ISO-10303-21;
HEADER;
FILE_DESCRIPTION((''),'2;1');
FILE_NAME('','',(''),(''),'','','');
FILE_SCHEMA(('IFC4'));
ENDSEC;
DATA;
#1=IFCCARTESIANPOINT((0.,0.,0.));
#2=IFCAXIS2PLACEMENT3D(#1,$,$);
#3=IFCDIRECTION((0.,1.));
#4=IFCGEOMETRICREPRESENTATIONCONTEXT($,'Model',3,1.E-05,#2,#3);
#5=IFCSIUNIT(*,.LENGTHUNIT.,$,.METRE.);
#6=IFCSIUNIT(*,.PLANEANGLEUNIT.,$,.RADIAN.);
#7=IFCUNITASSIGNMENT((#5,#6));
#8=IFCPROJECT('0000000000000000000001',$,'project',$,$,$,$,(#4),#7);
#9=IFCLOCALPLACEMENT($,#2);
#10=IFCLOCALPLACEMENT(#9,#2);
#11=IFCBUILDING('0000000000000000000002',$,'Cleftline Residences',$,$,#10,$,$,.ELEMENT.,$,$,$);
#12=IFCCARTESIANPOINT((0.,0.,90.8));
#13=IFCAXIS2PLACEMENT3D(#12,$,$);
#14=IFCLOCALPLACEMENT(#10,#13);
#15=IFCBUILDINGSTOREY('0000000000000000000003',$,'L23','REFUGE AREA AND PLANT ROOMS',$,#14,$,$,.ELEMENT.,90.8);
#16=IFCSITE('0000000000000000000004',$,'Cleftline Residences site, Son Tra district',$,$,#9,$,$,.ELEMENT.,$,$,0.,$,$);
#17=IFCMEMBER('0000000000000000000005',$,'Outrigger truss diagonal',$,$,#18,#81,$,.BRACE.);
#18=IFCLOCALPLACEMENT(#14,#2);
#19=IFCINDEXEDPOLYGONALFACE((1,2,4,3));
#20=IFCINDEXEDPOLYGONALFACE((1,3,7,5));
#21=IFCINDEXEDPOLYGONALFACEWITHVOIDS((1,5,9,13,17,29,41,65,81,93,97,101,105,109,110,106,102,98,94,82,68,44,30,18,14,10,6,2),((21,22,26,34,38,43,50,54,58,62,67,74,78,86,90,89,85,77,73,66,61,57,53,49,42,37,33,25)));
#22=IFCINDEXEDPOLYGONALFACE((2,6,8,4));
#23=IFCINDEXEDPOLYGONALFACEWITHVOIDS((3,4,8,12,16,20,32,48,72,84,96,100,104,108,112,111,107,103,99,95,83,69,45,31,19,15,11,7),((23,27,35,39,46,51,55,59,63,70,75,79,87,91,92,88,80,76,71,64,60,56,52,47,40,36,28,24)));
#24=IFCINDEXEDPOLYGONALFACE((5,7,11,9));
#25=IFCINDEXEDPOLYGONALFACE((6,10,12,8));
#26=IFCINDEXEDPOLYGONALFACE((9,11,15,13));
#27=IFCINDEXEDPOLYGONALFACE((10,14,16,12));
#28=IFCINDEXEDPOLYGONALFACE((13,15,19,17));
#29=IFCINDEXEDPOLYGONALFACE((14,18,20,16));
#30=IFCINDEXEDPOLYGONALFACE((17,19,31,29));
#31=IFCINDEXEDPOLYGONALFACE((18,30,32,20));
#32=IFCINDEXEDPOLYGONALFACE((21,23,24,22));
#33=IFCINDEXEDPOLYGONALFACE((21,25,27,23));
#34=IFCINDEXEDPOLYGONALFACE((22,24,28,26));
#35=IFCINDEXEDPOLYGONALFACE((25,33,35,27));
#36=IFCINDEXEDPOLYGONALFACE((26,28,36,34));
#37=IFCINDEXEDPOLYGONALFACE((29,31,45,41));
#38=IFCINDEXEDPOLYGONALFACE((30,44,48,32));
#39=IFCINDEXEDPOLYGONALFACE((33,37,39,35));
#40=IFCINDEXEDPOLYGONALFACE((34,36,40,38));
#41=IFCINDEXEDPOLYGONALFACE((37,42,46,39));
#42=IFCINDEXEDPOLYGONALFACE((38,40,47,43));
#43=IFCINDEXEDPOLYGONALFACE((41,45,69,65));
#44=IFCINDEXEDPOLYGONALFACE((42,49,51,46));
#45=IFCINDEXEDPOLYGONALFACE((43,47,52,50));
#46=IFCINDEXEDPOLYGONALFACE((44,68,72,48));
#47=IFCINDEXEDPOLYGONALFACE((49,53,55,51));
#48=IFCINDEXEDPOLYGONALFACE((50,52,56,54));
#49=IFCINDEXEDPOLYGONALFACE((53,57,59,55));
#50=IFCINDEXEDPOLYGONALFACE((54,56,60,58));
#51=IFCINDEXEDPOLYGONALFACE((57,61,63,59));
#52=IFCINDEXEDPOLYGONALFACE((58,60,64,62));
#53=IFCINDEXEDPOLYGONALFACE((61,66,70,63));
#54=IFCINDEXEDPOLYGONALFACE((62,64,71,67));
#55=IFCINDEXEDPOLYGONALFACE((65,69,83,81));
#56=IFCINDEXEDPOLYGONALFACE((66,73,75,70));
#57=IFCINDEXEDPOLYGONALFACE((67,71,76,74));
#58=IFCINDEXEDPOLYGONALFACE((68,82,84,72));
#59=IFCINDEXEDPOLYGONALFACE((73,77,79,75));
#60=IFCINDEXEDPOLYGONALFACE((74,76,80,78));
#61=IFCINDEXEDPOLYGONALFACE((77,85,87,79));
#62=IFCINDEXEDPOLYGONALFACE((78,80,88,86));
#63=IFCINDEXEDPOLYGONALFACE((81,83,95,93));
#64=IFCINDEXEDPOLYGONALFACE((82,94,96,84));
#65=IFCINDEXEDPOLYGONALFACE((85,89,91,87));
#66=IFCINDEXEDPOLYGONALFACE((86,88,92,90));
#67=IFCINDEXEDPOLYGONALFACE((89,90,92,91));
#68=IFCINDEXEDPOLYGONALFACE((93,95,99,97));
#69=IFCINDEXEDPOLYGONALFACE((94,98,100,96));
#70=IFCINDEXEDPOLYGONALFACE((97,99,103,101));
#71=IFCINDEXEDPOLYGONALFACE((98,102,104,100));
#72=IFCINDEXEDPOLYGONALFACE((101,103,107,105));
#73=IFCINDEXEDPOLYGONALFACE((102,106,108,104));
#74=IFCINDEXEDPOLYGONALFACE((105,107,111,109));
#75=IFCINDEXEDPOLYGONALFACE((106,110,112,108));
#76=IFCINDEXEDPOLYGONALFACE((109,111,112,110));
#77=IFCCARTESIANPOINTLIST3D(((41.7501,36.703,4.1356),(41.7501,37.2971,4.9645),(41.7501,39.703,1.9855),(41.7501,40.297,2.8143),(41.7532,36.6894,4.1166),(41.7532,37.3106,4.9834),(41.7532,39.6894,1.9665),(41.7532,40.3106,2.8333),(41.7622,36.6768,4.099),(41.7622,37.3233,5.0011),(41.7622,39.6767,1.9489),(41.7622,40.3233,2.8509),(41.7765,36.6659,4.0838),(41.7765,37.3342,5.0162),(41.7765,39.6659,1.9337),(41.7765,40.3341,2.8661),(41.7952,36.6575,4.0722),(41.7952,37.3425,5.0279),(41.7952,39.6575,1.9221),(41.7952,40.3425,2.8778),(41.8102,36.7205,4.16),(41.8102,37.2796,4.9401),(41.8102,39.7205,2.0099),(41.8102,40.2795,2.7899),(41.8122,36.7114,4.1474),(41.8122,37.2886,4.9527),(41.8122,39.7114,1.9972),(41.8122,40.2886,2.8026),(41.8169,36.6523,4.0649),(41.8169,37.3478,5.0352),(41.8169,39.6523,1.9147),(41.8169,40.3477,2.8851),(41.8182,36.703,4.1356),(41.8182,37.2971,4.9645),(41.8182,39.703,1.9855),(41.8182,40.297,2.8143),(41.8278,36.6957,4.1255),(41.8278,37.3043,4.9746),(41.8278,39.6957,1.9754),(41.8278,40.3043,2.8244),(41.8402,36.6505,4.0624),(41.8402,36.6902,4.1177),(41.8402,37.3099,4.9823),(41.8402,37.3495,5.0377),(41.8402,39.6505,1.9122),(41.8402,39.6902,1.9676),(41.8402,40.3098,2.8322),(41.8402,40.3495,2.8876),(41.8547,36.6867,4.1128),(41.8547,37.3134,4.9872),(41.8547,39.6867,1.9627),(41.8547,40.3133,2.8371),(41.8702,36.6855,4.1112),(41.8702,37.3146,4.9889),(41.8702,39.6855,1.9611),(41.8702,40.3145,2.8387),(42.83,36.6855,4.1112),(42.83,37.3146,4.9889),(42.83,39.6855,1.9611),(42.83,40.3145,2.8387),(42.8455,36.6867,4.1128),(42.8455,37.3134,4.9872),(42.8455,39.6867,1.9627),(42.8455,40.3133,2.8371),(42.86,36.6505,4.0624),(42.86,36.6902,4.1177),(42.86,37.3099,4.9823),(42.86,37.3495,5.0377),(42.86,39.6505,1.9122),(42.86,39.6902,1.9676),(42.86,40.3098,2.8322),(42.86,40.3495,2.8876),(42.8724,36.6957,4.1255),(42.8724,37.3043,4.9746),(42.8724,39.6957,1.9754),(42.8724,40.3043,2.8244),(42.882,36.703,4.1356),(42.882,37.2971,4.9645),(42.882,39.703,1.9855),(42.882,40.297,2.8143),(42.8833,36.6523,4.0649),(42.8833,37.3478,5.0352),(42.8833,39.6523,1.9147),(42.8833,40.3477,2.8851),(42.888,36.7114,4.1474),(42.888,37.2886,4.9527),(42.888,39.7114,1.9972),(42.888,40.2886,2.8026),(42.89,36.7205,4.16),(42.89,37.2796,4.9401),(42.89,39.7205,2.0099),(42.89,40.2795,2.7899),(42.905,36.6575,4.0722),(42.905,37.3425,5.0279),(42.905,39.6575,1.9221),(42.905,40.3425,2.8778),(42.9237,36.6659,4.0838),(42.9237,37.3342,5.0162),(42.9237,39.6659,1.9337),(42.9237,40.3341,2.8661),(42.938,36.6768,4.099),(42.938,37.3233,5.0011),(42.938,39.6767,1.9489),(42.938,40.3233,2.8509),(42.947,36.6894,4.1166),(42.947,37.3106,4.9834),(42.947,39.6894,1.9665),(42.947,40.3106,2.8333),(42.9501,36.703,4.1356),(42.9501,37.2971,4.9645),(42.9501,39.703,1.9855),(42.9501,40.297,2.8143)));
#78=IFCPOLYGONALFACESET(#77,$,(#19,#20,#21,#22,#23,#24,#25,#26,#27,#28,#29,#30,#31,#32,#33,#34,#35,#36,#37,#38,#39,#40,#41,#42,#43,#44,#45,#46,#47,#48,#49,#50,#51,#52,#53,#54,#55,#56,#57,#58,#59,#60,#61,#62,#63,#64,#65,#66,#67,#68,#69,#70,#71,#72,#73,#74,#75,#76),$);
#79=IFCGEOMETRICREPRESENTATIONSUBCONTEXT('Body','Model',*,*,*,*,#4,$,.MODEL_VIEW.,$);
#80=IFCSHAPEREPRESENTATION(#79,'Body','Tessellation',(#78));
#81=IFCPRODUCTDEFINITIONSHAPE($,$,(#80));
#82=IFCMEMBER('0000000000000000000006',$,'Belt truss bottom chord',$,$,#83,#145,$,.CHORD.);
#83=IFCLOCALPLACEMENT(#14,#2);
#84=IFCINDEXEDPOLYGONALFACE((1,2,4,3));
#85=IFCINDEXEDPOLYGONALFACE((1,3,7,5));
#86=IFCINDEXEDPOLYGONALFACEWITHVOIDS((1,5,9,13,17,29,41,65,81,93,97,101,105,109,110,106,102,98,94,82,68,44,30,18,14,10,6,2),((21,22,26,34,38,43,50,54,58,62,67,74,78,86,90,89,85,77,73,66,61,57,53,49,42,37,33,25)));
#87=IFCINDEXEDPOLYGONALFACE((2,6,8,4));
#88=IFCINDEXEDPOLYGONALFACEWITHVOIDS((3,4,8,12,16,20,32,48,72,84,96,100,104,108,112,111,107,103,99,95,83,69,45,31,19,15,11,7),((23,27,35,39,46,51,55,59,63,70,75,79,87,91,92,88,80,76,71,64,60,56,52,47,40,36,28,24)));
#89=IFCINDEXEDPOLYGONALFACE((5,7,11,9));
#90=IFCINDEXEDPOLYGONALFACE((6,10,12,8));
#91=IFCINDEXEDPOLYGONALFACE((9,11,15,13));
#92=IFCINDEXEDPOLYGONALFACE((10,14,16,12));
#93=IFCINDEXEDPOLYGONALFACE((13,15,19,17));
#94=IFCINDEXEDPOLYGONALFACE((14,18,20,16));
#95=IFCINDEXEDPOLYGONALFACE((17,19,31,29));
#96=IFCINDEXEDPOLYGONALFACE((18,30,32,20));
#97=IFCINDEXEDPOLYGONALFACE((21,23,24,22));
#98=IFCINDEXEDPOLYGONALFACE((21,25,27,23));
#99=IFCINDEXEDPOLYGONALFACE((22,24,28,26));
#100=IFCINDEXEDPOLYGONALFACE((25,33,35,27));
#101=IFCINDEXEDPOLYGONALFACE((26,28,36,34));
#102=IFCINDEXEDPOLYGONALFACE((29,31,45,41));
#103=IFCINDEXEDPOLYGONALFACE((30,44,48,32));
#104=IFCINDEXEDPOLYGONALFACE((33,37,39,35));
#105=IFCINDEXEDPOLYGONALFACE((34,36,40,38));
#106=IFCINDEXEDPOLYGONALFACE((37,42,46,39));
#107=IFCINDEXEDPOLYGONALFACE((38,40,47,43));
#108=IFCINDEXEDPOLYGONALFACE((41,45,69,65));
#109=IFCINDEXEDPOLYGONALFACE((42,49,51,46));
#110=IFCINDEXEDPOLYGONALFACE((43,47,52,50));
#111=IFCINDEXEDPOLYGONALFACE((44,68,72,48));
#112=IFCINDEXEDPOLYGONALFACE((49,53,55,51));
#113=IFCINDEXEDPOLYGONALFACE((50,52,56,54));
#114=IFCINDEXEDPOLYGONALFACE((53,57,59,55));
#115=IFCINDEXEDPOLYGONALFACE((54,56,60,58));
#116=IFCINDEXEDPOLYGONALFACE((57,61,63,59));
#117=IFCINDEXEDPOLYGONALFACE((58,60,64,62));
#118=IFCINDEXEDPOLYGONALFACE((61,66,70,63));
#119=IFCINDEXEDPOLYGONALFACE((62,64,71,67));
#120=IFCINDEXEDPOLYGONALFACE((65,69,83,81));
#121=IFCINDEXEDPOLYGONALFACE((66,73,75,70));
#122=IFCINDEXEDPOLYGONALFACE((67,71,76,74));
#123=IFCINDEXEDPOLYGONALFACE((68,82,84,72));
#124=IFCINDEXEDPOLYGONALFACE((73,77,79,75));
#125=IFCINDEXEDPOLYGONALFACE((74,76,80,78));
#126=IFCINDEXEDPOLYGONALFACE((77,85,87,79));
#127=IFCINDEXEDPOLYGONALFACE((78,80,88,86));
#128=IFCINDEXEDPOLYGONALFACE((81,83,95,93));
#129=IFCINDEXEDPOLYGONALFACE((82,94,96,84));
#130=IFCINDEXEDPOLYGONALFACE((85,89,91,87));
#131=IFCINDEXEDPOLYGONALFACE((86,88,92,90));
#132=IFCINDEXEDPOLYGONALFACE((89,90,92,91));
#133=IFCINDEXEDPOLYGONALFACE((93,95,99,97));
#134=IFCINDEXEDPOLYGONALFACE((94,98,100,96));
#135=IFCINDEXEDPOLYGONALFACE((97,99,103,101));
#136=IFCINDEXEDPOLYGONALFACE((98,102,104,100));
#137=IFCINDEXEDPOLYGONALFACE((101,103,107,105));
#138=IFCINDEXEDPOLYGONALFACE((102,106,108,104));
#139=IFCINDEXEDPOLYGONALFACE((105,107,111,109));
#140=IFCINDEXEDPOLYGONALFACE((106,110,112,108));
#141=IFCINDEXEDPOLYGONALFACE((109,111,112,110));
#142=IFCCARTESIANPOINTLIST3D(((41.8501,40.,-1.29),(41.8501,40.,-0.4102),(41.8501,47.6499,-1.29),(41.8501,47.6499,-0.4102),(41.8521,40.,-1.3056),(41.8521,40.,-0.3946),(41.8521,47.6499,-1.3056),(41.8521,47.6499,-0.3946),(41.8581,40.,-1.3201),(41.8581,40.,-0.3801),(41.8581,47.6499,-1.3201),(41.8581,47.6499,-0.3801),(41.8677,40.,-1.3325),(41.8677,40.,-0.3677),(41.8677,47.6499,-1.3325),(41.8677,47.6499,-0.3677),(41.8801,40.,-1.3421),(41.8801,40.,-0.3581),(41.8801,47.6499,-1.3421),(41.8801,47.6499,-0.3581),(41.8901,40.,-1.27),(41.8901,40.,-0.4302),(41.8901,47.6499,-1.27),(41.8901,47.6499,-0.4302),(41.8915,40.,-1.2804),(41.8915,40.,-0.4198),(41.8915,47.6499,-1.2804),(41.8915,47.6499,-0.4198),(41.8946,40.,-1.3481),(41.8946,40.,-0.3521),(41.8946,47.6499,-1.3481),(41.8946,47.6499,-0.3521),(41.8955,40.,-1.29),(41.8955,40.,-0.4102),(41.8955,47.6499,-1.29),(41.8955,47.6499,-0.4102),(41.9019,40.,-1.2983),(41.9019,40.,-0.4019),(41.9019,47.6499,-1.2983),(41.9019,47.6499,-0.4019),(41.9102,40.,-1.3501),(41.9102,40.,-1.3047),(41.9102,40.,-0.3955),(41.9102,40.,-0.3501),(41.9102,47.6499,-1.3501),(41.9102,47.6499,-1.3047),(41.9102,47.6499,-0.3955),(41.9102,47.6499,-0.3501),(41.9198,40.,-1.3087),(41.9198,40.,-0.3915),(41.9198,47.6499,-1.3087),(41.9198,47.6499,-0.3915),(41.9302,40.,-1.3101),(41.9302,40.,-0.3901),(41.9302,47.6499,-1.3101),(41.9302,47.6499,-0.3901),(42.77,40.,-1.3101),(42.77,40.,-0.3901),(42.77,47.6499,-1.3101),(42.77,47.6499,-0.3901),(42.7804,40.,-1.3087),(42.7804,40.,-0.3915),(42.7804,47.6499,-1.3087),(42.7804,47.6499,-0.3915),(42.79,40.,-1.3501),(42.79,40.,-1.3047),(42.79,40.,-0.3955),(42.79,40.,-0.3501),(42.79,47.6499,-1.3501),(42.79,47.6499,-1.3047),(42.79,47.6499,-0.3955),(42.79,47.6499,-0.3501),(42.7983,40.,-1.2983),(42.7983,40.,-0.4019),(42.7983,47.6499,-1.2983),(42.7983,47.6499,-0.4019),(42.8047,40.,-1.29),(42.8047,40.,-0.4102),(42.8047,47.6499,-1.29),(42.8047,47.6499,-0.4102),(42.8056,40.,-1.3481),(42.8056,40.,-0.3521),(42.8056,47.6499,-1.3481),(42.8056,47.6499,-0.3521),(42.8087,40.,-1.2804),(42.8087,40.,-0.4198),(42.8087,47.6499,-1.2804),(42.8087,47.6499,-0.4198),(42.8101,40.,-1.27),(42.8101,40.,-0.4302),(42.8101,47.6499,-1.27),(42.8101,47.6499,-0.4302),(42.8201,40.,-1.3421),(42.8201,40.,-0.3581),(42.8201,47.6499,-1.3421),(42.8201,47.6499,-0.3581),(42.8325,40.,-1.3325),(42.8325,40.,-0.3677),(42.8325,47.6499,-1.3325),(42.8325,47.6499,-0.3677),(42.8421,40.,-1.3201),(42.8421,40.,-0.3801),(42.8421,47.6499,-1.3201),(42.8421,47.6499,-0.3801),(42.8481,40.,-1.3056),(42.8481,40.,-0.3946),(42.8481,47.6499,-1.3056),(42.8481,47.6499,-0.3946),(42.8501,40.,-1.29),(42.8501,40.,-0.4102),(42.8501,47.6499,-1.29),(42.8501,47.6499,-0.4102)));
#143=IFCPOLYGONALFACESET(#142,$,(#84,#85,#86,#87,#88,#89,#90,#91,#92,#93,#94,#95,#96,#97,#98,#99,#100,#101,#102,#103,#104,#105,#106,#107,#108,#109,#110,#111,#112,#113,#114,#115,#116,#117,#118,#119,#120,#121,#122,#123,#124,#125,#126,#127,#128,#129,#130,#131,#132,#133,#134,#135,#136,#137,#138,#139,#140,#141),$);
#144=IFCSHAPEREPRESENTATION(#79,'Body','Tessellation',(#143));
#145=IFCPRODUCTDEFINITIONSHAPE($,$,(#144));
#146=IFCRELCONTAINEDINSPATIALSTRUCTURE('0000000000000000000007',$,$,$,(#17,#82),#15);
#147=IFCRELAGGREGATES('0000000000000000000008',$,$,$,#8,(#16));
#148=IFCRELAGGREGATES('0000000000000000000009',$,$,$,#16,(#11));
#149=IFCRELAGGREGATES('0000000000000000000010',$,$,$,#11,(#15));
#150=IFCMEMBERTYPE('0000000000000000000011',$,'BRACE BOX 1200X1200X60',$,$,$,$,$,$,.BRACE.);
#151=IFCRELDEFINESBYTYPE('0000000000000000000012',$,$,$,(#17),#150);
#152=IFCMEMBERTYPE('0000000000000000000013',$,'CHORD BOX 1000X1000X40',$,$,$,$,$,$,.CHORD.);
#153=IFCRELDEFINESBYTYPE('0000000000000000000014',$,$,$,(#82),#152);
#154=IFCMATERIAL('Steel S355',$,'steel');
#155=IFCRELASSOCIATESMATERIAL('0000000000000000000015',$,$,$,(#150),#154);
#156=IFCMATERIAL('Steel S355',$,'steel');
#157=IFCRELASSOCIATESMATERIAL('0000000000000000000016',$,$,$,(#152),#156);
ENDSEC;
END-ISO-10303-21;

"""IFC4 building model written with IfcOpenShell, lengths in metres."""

from ifc_helpers import new_model, si_unit, direction, frame, origin, origin_2d, place, context, subcontext, project, spatial, hollow_rectangle, extrude, material, material_profile, profile_set, type_object, element, save


model = new_model("IFC4")

# Units and contexts
model_context = context("Model", 3, precision=1e-05, world=origin(), true_north=direction((0.0, 1.0)))
body_context = subcontext(model_context, "Body", "Model", "MODEL_VIEW")
ifc_project = project(units=[si_unit("LENGTHUNIT", "METRE"), si_unit("PLANEANGLEUNIT", "RADIAN")], contexts=[model_context])

# Site, building, storey
site_placement = place(None, origin())
site = spatial("IfcSite", under=ifc_project, at=site_placement, Name="Cleftline Residences site, Son Tra district", CompositionType="ELEMENT", RefElevation=0.0)
building_placement = place(site_placement, origin())
building = spatial("IfcBuilding", under=site, at=building_placement, Name="Cleftline Residences", CompositionType="ELEMENT")
storey_placement = place(building_placement, frame((0.0, 0.0, 90.8)))
storey = spatial("IfcBuildingStorey", under=building, at=storey_placement, Name="L23", Description="REFUGE AREA AND PLANT ROOMS", CompositionType="ELEMENT", Elevation=90.8)

# Members
ifc_material_1 = material(Name="Steel S355", Category="steel")
ifc_material_profile_1 = material_profile(ifc_material_1, hollow_rectangle(XDim=1.2, YDim=1.2, WallThickness=0.0601, InnerFilletRadius=0.0601, OuterFilletRadius=0.0901, at=origin_2d()))
ifc_profile_set_1 = profile_set([ifc_material_profile_1], Name="Steel S355")
member_type_1 = type_object("IfcMemberType", Name="BRACE BOX 1200X1200X60", PredefinedType="BRACE", material=ifc_profile_set_1)
member_1_placement = place(storey_placement, frame((42.3501, 40.0, 2.3999), z_axis=(0.0, -0.812798, 0.582545), x_axis=(0.0, 0.582545, 0.812798)))
element("IfcMember", 1, at=member_1_placement, inside=storey, type_object=member_type_1, Name="Outrigger truss diagonal", PredefinedType="BRACE", context=body_context, shape_type="SweptSolid", body=[
    extrude(hollow_rectangle(XDim=1.2, YDim=1.2, WallThickness=0.0601, InnerFilletRadius=0.0601, OuterFilletRadius=0.0901, at=origin_2d()), origin(), (0.0, 0.0, 1.0), 3.6909),
])
ifc_material_2 = material(Name="Steel S355", Category="steel")
ifc_material_profile_2 = material_profile(ifc_material_2, hollow_rectangle(XDim=1.0, YDim=1.0, WallThickness=0.04, InnerFilletRadius=0.04, OuterFilletRadius=0.0601, at=origin_2d()))
ifc_profile_set_2 = profile_set([ifc_material_profile_2], Name="Steel S355")
member_type_2 = type_object("IfcMemberType", Name="CHORD BOX 1000X1000X40", PredefinedType="CHORD", material=ifc_profile_set_2)
member_2_placement = place(storey_placement, frame((42.3501, 40.0, -0.8501), z_axis=(0.0, 1.0, 0.0), x_axis=(-1.0, 0.0, 0.0)))
element("IfcMember", 2, at=member_2_placement, inside=storey, type_object=member_type_2, Name="Belt truss bottom chord", PredefinedType="CHORD", context=body_context, shape_type="SweptSolid", body=[
    extrude(hollow_rectangle(XDim=1.0, YDim=1.0, WallThickness=0.04, InnerFilletRadius=0.04, OuterFilletRadius=0.0601, at=origin_2d()), origin(), (0.0, 0.0, 1.0), 7.6499),
])

save(model, "model.ifc")
